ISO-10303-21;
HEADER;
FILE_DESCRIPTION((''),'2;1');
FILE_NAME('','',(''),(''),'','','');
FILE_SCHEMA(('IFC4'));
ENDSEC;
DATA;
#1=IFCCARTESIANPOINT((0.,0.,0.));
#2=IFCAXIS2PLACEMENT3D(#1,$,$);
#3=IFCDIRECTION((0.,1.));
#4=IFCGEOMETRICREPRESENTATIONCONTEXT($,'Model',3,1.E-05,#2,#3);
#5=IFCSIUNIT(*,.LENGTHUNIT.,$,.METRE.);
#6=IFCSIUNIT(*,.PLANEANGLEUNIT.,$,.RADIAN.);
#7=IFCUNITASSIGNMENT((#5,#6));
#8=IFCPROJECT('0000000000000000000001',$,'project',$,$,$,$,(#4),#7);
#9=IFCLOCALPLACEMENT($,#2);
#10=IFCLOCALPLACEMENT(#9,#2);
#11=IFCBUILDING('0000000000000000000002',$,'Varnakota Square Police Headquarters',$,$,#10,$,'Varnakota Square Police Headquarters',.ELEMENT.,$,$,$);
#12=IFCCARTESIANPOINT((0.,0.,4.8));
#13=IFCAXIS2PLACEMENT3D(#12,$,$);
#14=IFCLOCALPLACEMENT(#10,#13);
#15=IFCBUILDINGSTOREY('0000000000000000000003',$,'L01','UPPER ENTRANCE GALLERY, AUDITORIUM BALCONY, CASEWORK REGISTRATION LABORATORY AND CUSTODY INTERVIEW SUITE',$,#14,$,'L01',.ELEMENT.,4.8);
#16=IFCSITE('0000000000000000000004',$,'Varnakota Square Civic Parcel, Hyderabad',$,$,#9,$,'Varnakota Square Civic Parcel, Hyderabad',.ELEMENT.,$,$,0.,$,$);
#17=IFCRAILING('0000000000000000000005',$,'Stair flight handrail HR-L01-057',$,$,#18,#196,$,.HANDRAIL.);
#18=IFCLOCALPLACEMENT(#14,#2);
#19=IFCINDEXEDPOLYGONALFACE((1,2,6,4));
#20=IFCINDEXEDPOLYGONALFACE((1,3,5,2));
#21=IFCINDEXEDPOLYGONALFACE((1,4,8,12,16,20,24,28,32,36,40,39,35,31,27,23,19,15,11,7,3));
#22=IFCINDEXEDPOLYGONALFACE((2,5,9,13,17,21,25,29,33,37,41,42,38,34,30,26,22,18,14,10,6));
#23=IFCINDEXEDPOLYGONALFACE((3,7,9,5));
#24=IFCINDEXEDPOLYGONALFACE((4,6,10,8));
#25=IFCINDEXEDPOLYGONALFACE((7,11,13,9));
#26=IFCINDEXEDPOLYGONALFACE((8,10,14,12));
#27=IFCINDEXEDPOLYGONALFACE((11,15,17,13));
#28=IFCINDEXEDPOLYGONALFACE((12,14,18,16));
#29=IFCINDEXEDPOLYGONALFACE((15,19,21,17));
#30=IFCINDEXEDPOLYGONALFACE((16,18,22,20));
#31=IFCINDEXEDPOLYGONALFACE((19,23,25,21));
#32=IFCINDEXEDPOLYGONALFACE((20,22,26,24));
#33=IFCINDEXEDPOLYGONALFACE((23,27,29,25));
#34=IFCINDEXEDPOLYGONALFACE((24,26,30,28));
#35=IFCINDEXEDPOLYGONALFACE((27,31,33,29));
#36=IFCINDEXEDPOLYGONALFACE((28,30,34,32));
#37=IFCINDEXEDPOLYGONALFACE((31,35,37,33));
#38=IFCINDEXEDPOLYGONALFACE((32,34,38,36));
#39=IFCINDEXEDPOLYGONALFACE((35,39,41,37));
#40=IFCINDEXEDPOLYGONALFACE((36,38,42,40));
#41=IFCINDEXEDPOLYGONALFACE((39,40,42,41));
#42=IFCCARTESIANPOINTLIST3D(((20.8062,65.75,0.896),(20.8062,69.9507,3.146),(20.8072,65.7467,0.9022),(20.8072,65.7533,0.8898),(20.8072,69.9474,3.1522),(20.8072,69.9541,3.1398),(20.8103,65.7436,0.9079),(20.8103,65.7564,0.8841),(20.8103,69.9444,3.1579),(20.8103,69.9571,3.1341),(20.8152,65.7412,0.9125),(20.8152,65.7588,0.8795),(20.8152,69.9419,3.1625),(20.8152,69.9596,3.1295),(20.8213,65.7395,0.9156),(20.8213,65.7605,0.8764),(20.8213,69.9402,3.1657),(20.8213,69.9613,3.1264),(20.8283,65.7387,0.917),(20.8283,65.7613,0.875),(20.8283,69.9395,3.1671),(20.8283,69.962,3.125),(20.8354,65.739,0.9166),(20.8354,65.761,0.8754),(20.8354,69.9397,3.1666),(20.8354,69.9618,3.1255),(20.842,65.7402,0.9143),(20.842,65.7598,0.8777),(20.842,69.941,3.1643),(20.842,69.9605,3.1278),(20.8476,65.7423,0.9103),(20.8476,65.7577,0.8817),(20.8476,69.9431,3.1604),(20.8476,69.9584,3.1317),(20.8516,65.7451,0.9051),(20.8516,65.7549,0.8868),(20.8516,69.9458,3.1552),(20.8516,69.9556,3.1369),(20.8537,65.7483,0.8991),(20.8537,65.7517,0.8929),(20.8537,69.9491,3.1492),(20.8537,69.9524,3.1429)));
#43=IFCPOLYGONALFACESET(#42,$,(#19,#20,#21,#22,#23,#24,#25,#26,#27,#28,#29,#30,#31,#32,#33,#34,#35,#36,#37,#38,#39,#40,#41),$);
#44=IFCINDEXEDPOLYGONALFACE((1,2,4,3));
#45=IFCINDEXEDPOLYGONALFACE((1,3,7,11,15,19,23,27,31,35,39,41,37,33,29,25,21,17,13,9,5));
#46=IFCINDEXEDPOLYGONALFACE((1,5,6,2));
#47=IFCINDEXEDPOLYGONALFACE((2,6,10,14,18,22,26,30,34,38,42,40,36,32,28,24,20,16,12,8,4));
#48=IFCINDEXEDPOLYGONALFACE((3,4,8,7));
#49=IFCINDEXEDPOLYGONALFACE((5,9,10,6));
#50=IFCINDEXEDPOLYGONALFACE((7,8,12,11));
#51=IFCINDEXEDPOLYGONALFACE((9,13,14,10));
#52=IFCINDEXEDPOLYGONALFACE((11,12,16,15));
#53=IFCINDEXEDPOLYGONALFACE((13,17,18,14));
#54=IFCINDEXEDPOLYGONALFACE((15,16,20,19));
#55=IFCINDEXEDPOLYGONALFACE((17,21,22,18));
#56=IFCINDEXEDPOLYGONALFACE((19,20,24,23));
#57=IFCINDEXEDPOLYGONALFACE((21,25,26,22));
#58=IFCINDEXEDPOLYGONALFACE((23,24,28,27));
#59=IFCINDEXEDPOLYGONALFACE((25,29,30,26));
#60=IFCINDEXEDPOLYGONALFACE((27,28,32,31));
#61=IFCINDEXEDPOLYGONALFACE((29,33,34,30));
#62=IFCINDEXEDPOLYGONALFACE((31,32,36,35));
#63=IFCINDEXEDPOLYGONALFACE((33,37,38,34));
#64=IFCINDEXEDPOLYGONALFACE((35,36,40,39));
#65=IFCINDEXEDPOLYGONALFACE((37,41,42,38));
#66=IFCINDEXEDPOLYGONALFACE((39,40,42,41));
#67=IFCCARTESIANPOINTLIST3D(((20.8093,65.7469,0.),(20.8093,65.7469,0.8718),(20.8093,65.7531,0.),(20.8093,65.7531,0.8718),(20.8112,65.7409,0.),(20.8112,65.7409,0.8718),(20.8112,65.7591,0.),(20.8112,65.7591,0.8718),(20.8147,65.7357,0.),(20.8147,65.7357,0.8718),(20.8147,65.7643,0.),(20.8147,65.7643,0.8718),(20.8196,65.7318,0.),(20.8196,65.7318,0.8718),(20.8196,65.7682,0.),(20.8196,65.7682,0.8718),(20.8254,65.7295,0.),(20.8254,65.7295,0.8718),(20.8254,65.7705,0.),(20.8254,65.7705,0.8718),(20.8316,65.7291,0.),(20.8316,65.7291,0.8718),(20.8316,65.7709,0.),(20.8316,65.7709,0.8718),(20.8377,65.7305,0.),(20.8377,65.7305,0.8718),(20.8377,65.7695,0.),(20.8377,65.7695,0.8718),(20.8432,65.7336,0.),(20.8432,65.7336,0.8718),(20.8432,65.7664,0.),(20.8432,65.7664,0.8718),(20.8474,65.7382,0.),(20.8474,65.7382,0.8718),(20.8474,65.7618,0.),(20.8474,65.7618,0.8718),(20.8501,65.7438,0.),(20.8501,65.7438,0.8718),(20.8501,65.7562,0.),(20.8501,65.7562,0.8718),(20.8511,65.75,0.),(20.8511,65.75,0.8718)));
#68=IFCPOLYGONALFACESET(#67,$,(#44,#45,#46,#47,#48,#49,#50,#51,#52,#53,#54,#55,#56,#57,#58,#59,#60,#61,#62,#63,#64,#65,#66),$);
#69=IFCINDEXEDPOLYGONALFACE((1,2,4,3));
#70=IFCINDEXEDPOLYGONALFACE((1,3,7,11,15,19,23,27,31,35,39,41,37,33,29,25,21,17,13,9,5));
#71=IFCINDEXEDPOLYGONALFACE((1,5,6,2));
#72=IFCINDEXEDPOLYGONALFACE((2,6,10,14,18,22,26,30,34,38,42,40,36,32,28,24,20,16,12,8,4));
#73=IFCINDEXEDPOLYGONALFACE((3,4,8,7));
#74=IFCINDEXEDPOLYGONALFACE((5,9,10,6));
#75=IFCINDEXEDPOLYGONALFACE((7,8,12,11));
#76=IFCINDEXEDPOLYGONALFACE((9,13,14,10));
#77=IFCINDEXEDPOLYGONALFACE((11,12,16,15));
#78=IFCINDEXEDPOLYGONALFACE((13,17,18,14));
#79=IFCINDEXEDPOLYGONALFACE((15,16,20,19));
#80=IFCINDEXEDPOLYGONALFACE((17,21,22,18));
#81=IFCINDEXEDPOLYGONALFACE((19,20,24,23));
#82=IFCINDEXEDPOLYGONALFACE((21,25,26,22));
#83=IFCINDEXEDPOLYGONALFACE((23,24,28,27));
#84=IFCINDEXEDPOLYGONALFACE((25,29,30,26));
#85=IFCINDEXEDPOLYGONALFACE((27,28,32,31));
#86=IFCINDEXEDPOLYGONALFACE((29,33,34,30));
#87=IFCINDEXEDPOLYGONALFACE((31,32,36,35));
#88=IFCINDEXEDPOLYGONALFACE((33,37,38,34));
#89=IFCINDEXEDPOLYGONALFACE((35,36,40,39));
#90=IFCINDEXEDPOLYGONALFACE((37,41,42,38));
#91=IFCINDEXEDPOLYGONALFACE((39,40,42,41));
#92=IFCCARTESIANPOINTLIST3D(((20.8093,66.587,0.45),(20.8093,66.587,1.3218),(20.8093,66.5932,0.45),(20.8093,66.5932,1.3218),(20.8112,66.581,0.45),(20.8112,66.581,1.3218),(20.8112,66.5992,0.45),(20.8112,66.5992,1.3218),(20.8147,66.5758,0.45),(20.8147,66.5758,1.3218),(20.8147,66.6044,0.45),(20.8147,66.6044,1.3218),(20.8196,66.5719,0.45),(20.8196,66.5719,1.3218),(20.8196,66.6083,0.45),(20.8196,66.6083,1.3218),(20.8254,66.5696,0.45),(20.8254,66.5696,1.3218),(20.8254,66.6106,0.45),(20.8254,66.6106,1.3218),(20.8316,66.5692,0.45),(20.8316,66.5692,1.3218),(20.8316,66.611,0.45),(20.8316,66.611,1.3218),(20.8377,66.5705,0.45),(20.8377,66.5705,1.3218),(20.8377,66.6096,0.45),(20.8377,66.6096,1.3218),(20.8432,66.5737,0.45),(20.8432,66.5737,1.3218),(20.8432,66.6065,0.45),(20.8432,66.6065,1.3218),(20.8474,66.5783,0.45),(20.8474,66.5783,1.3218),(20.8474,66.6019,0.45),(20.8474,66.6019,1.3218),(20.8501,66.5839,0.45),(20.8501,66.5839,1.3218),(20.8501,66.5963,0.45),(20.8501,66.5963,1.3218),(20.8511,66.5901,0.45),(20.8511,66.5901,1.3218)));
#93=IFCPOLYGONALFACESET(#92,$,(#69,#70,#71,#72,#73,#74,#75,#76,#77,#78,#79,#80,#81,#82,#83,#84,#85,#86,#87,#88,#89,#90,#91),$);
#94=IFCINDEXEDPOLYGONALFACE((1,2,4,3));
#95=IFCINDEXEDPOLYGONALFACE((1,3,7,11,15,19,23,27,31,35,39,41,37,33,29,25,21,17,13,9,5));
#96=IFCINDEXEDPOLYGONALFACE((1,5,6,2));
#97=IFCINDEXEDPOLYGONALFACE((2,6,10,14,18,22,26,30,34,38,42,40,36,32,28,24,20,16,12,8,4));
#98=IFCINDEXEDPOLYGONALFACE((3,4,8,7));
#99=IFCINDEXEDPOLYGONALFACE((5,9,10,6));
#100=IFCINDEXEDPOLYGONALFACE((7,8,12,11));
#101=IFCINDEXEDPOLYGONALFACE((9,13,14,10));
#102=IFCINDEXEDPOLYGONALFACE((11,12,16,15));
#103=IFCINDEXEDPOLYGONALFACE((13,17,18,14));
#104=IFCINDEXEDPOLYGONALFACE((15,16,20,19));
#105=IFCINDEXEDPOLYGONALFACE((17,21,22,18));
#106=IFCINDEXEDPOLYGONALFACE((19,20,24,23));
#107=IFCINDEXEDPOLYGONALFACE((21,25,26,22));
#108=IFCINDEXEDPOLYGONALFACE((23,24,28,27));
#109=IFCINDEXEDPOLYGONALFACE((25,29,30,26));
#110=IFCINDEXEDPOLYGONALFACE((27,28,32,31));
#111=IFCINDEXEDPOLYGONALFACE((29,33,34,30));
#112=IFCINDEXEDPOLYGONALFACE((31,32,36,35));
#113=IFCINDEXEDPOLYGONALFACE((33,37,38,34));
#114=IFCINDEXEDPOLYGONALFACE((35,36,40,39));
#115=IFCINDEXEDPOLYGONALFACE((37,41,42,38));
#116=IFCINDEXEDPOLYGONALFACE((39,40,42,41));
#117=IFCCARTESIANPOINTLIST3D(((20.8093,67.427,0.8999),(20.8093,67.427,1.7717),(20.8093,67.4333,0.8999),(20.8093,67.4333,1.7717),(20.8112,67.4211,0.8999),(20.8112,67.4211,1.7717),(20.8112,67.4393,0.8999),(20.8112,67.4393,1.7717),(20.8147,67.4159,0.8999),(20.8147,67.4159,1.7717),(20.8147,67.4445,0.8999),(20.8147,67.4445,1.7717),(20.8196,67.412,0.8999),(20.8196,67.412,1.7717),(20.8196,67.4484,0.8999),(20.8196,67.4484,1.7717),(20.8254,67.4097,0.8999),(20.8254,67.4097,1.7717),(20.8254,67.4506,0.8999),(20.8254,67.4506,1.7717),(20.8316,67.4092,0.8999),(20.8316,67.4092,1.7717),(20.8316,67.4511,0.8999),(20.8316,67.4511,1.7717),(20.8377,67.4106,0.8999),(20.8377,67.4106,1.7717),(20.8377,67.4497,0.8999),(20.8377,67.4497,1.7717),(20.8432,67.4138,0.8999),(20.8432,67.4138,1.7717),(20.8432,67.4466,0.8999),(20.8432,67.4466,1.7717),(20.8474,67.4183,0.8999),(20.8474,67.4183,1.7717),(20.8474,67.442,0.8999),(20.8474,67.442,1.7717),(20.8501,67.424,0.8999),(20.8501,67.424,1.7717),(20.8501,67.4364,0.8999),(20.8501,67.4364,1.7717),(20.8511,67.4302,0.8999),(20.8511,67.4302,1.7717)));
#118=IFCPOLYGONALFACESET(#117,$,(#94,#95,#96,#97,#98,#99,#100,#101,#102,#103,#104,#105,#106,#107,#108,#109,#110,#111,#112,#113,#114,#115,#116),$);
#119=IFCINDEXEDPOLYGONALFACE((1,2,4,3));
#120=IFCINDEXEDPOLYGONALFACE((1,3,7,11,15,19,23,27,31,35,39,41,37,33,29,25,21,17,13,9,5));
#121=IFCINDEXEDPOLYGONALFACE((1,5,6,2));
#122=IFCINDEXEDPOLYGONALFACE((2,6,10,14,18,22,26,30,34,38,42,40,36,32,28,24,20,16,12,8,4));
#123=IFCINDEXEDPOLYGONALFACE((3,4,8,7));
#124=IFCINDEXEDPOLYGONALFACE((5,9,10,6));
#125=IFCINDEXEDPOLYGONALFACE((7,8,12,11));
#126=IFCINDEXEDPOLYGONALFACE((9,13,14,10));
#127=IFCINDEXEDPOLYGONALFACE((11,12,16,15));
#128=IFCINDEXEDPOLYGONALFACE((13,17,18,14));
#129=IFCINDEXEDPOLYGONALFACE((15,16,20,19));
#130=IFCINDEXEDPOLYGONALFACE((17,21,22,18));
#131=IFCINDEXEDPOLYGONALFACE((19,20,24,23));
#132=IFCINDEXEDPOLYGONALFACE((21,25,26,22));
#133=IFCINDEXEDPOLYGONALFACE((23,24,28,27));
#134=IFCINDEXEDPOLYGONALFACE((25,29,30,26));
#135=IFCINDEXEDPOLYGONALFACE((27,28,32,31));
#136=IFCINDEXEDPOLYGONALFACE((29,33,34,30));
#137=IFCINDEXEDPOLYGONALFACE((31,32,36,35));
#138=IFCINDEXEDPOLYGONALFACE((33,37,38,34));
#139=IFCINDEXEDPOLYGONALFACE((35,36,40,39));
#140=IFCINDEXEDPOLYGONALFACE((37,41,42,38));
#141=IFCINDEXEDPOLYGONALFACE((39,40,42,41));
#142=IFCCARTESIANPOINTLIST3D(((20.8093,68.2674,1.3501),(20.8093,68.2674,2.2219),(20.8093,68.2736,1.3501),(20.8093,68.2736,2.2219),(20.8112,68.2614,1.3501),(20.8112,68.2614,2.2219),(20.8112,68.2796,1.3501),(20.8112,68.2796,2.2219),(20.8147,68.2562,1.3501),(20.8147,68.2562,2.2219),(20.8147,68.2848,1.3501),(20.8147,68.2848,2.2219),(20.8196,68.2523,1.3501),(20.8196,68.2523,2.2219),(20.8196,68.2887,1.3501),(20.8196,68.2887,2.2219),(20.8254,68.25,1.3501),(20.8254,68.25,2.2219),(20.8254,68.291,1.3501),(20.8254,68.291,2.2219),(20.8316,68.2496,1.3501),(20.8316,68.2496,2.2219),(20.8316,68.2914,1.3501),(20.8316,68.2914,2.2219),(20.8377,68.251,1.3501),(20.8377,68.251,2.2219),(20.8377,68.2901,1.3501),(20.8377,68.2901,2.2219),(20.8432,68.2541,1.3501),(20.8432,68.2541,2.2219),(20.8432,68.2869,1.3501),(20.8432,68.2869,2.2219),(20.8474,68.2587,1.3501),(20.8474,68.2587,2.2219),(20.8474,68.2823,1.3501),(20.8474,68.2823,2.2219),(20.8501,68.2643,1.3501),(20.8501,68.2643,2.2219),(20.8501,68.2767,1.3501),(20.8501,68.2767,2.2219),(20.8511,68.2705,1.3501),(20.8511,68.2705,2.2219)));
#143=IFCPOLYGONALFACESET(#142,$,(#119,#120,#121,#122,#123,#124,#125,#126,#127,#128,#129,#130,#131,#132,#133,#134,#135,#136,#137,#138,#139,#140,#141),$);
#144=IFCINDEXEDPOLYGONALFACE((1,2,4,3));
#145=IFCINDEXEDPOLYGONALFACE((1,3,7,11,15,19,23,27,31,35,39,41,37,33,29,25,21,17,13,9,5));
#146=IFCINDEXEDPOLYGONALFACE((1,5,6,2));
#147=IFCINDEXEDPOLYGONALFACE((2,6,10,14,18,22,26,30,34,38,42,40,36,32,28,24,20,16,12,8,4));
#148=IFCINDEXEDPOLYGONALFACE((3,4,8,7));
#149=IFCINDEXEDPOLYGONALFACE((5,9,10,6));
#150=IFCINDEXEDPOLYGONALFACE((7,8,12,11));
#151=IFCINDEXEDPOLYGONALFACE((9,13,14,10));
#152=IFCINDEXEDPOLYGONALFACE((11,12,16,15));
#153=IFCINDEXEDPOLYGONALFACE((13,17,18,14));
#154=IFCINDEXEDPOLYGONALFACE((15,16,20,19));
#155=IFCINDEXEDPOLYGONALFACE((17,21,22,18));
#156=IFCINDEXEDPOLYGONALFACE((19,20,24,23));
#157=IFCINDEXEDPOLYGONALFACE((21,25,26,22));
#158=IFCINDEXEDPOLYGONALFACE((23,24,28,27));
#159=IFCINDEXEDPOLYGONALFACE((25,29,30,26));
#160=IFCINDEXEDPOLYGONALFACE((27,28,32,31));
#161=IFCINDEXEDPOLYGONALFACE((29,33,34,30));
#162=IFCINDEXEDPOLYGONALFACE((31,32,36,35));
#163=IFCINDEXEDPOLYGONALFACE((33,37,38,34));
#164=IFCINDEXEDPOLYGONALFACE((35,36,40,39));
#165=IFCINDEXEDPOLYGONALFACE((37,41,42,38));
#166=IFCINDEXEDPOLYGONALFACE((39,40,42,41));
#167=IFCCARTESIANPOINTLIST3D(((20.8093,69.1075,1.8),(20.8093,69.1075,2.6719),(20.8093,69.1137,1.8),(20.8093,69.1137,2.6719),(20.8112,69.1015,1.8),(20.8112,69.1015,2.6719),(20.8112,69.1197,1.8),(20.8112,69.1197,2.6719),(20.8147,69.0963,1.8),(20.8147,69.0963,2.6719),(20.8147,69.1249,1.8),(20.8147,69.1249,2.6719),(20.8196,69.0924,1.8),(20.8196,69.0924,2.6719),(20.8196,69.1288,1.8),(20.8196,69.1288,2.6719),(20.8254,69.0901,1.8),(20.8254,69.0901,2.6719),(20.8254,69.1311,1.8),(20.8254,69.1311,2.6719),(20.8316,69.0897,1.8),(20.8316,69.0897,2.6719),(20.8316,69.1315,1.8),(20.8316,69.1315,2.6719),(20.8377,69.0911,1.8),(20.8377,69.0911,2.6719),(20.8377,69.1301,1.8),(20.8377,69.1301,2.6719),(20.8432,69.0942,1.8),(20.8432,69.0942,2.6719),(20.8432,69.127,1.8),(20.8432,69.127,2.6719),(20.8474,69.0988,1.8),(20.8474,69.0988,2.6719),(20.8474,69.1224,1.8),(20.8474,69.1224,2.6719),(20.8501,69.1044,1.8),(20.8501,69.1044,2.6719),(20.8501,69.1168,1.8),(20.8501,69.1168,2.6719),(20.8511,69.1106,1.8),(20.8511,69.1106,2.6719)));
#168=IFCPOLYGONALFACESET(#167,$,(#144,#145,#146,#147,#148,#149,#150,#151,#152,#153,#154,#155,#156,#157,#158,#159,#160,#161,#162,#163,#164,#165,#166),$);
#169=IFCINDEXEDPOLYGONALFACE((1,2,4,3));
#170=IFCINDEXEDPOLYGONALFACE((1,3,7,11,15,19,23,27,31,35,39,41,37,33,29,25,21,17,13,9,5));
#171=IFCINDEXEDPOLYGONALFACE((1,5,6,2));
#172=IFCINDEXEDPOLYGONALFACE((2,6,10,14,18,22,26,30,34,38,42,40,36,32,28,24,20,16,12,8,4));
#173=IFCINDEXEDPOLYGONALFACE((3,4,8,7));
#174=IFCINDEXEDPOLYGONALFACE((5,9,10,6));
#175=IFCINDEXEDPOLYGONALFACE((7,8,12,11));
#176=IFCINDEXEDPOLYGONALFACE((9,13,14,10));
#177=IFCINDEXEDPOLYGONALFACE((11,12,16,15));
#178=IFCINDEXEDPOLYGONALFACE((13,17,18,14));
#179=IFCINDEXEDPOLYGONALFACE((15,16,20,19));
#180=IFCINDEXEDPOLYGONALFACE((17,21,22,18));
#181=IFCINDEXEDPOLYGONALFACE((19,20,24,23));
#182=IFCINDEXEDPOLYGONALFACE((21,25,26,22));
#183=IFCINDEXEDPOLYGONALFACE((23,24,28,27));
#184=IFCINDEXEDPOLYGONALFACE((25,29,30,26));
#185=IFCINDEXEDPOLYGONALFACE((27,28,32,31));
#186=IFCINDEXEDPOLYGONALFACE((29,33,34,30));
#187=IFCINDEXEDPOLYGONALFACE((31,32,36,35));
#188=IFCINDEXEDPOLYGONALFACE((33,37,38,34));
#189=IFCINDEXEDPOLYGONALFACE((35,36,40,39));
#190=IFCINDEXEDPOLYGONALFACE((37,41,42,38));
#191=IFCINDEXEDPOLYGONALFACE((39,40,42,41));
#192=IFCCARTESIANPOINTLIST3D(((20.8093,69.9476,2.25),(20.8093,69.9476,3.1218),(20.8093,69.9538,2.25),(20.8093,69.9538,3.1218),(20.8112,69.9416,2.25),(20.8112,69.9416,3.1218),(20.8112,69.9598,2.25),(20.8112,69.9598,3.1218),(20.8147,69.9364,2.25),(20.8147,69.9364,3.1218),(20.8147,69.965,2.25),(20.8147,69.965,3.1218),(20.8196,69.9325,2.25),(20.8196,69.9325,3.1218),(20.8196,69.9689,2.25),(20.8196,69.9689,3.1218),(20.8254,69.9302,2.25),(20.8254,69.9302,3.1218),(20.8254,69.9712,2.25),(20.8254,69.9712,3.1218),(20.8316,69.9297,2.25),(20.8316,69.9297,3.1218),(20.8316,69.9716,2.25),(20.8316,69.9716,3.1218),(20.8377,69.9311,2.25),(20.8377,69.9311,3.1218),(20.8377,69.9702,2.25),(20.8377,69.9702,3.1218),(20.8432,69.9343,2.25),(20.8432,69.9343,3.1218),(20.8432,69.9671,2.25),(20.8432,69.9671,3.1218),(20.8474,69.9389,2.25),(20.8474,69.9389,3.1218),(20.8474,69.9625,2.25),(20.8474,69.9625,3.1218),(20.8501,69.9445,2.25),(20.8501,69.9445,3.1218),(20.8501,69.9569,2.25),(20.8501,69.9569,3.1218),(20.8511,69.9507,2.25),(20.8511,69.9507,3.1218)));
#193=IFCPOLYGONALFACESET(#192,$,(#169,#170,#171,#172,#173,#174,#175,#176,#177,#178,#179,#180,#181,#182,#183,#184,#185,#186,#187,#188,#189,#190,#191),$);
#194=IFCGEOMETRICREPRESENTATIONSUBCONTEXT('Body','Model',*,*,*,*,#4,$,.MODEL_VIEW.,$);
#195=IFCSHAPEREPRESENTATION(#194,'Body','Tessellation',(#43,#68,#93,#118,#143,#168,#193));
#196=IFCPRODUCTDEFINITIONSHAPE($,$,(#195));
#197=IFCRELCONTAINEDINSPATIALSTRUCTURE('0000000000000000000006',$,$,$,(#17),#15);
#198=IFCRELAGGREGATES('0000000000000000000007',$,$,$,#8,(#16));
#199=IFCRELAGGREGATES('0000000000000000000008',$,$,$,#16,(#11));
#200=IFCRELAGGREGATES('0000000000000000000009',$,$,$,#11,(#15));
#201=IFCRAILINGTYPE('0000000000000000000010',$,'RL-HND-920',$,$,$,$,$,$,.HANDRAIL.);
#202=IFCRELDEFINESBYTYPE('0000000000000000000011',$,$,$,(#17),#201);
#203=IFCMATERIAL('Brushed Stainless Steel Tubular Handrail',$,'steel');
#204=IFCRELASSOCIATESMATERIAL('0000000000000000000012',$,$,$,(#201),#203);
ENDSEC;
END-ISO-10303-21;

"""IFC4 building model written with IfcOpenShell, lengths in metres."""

from ifc_helpers import new_model, si_unit, direction, frame, origin, origin_2d, place, context, subcontext, project, spatial, circle, extrude, material, type_object, element, save


model = new_model("IFC4")

# Units and contexts
model_context = context("Model", 3, precision=1e-05, world=origin(), true_north=direction((0.0, 1.0)))
body_context = subcontext(model_context, "Body", "Model", "MODEL_VIEW")
ifc_project = project(units=[si_unit("LENGTHUNIT", "METRE"), si_unit("PLANEANGLEUNIT", "RADIAN")], contexts=[model_context])

# Site, building, storey
site_placement = place(None, origin())
site = spatial("IfcSite", under=ifc_project, at=site_placement, Name="Varnakota Square Civic Parcel, Hyderabad", LongName="Varnakota Square Civic Parcel, Hyderabad", CompositionType="ELEMENT", RefElevation=0.0)
building_placement = place(site_placement, origin())
building = spatial("IfcBuilding", under=site, at=building_placement, Name="Varnakota Square Police Headquarters", LongName="Varnakota Square Police Headquarters", CompositionType="ELEMENT")
storey_placement = place(building_placement, frame((0.0, 0.0, 4.8)))
storey = spatial("IfcBuildingStorey", under=building, at=storey_placement, Name="L01", Description="UPPER ENTRANCE GALLERY, AUDITORIUM BALCONY, CASEWORK REGISTRATION LABORATORY AND CUSTODY INTERVIEW SUITE", LongName="L01", CompositionType="ELEMENT", Elevation=4.8)

# Railing
ifc_material_1 = material(Name="Brushed Stainless Steel Tubular Handrail", Category="steel")
railing_type_1 = type_object("IfcRailingType", Name="RL-HND-920", PredefinedType="HANDRAIL", material=ifc_material_1)
railing_1_placement = place(storey_placement, frame((20.8301, 65.75, 0.0)))
element("IfcRailing", 1, at=railing_1_placement, inside=storey, type_object=railing_type_1, Name="Stair flight handrail HR-L01-057", PredefinedType="HANDRAIL", context=body_context, shape_type="SweptSolid", body=[
    extrude(circle(Radius=0.0239, at=origin_2d()), frame((0.0, 0.0, 0.896), z_axis=(0.0, 0.881512, 0.472162), x_axis=(-1.0, 0.0, 0.0)), (0.0, 0.0, 1.0), 4.7654),
    extrude(circle(Radius=0.021, at=origin_2d()), origin(), (0.0, 0.0, 1.0), 0.8718),
    extrude(circle(Radius=0.021, at=origin_2d()), frame((0.0, 0.8401, 0.45)), (0.0, 0.0, 1.0), 0.8718),
    extrude(circle(Radius=0.021, at=origin_2d()), frame((0.0, 1.6802, 0.8999)), (0.0, 0.0, 1.0), 0.8718),
    extrude(circle(Radius=0.021, at=origin_2d()), frame((0.0, 2.5205, 1.3501)), (0.0, 0.0, 1.0), 0.8718),
    extrude(circle(Radius=0.021, at=origin_2d()), frame((0.0, 3.3606, 1.8)), (0.0, 0.0, 1.0), 0.8718),
    extrude(circle(Radius=0.021, at=origin_2d()), frame((0.0, 4.2007, 2.25)), (0.0, 0.0, 1.0), 0.8718),
])

save(model, "model.ifc")
